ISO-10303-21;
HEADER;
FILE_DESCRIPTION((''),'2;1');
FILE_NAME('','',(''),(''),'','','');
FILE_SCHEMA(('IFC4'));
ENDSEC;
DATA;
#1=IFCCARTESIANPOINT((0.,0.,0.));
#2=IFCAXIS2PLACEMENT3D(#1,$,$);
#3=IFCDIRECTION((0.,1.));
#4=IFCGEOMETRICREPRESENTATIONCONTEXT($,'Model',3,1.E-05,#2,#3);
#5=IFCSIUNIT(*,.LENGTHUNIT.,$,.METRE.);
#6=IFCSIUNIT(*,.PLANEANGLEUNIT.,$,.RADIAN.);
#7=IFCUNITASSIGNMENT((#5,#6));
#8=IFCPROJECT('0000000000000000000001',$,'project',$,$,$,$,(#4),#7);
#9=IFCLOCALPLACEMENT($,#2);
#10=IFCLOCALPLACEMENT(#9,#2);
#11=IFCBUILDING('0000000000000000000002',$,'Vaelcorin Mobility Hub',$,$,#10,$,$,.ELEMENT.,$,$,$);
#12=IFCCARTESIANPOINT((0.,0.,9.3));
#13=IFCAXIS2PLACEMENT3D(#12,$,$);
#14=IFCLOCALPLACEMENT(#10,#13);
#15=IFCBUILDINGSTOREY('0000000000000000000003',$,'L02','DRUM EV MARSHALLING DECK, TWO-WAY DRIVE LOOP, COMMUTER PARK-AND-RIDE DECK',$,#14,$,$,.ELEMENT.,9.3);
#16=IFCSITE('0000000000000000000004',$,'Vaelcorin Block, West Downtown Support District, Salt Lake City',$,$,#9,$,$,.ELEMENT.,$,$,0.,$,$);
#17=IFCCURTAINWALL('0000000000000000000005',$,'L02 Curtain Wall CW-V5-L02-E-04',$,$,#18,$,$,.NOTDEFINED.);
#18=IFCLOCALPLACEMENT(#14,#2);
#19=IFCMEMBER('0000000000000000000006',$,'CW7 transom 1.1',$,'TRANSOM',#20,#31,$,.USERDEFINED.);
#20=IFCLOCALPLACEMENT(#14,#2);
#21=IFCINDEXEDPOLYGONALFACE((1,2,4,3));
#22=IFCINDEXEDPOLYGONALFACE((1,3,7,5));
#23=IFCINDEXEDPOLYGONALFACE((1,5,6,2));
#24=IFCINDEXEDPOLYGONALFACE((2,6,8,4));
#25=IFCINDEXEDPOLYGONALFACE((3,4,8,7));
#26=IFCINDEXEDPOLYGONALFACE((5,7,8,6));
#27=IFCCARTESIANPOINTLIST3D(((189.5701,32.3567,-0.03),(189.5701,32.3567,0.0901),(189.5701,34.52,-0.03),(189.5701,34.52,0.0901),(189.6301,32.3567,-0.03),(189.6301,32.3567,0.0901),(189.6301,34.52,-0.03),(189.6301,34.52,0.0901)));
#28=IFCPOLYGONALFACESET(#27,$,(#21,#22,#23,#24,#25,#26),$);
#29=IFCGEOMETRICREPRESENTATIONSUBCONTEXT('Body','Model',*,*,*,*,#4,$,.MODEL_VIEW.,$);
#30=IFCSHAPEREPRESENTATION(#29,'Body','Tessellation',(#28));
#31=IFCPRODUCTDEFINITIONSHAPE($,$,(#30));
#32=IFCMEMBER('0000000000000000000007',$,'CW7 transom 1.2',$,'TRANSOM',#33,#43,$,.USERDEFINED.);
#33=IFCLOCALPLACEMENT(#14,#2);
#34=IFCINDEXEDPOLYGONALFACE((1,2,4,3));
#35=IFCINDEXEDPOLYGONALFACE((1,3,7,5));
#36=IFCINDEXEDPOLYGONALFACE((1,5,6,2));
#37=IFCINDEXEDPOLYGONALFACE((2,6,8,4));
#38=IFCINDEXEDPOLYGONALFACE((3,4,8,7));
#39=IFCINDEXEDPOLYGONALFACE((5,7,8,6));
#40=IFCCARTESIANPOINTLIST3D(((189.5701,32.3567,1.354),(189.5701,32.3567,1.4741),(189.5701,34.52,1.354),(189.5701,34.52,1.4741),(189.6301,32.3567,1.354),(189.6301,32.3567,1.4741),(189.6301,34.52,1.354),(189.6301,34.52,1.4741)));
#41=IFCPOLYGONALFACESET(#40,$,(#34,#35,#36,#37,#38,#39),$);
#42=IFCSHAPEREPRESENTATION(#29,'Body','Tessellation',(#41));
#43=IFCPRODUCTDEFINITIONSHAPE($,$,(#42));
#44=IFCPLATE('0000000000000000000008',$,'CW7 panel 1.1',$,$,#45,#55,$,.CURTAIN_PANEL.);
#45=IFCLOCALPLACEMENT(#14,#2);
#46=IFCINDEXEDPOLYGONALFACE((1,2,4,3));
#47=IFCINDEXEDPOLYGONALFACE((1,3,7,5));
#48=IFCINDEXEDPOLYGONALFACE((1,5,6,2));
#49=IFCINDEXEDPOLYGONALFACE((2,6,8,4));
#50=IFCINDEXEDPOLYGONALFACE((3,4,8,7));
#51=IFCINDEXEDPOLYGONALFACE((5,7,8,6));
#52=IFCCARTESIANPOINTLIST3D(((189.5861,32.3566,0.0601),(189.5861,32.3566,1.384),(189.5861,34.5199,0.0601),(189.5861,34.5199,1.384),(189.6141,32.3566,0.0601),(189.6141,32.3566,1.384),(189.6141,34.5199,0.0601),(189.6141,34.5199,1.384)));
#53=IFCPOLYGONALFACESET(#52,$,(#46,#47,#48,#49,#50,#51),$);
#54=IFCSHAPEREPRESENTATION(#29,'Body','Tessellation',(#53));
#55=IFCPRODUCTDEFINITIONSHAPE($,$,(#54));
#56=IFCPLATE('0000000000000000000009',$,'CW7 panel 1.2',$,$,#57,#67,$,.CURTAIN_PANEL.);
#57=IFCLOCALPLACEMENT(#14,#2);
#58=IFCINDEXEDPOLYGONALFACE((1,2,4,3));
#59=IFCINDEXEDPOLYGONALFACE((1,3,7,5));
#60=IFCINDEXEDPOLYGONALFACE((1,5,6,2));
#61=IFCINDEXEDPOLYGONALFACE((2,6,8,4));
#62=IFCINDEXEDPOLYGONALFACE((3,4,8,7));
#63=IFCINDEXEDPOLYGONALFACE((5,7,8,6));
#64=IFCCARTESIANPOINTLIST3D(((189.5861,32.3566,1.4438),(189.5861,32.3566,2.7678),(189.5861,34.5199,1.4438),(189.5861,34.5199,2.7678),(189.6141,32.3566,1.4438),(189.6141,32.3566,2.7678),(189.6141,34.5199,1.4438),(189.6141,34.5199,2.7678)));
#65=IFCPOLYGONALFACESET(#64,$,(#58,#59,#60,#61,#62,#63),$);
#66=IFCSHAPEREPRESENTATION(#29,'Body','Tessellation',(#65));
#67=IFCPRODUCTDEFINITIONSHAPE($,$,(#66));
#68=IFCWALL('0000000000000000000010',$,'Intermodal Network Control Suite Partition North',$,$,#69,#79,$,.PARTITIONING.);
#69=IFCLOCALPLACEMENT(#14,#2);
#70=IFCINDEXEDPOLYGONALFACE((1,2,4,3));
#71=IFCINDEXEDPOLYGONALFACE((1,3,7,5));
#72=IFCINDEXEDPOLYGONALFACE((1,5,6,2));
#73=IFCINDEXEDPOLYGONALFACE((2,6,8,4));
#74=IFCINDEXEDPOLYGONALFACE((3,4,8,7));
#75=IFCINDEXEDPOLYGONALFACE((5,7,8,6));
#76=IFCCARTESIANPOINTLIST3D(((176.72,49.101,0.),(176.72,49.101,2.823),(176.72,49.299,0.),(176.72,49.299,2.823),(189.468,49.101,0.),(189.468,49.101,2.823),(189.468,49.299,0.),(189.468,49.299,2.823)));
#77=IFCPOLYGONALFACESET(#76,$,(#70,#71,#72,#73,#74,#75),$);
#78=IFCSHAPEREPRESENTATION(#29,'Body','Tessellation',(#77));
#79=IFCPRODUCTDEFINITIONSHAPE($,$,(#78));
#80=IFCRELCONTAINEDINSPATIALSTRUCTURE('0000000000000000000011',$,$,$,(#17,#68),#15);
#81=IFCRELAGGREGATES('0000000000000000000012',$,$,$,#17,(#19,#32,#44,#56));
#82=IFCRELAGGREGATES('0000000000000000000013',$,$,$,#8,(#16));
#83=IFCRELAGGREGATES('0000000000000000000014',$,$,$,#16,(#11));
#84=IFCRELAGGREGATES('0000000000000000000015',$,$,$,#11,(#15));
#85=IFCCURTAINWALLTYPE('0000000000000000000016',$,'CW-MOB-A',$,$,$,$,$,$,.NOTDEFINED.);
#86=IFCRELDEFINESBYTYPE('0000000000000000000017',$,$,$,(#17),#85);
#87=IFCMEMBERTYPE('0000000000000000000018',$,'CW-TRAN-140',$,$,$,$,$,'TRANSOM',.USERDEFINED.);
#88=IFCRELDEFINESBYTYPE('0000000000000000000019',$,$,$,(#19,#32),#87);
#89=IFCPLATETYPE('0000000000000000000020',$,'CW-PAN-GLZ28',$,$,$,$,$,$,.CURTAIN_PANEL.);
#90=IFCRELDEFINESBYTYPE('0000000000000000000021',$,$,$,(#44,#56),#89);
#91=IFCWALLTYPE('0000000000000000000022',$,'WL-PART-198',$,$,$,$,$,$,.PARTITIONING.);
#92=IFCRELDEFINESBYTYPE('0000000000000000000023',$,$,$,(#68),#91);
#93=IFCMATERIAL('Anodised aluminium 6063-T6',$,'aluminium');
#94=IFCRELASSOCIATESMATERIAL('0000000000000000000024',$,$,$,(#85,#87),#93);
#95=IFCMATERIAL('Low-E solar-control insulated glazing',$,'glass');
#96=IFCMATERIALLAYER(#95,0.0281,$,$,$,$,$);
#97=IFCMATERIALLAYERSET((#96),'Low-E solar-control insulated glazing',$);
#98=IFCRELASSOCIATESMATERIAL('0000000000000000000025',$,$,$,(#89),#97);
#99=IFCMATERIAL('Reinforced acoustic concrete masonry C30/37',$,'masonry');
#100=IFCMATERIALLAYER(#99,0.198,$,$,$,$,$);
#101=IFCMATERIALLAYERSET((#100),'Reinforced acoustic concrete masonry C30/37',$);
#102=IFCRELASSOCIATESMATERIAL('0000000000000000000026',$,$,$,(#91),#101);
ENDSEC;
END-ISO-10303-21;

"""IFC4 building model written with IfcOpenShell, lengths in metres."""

from ifc_helpers import new_model, si_unit, direction, frame, frame_2d, origin, origin_2d, place, context, subcontext, project, spatial, rectangle, extrude, material, layer, layer_set, material_profile, profile_set, type_object, element, aggregate, save


model = new_model("IFC4")

# Units and contexts
model_context = context("Model", 3, precision=1e-05, world=origin(), true_north=direction((0.0, 1.0)))
body_context = subcontext(model_context, "Body", "Model", "MODEL_VIEW")
ifc_project = project(units=[si_unit("LENGTHUNIT", "METRE"), si_unit("PLANEANGLEUNIT", "RADIAN")], contexts=[model_context])

# Site, building, storey
site_placement = place(None, origin())
site = spatial("IfcSite", under=ifc_project, at=site_placement, Name="Vaelcorin Block, West Downtown Support District, Salt Lake City", CompositionType="ELEMENT", RefElevation=0.0)
building_placement = place(site_placement, origin())
building = spatial("IfcBuilding", under=site, at=building_placement, Name="Vaelcorin Mobility Hub", CompositionType="ELEMENT")
storey_placement = place(building_placement, frame((0.0, 0.0, 9.3)))
storey = spatial("IfcBuildingStorey", under=building, at=storey_placement, Name="L02", Description="DRUM EV MARSHALLING DECK, TWO-WAY DRIVE LOOP, COMMUTER PARK-AND-RIDE DECK", CompositionType="ELEMENT", Elevation=9.3)

# Curtain wall, members, plates
ifc_material_1 = material(Name="Anodised aluminium 6063-T6", Category="aluminium")
curtain_wall_type = type_object("IfcCurtainWallType", Name="CW-MOB-A", PredefinedType="NOTDEFINED", material=ifc_material_1)
curtain_wall_placement = place(storey_placement, origin())
curtain_wall = element("IfcCurtainWall", 1, at=curtain_wall_placement, inside=storey, type_object=curtain_wall_type, Name="L02 Curtain Wall CW-V5-L02-E-04", PredefinedType="NOTDEFINED")
ifc_material_profile_1 = material_profile(ifc_material_1, rectangle(XDim=0.0601, YDim=0.1201, at=origin_2d()), Name="ALU-T60X120")
ifc_profile_set_1 = profile_set([ifc_material_profile_1], Name="Anodised aluminium 6063-T6")
member_type = type_object("IfcMemberType", Name="CW-TRAN-140", ElementType="TRANSOM", PredefinedType="USERDEFINED", material=ifc_profile_set_1)
member_1_placement = place(storey_placement, frame((189.6001, 34.52, 0.03), z_axis=(0.0, -1.0, 0.0), x_axis=(1.0, 0.0, 0.0)))
member_1 = element("IfcMember", 2, at=member_1_placement, type_object=member_type, Name="CW7 transom 1.1", ObjectType="TRANSOM", PredefinedType="USERDEFINED", context=body_context, shape_type="SweptSolid", body=[
    extrude(rectangle(XDim=0.0601, YDim=0.1201, at=origin_2d()), origin(), (0.0, 0.0, 1.0), 2.1633),
])
member_2_placement = place(storey_placement, frame((189.6001, 34.52, 1.4141), z_axis=(0.0, -1.0, 0.0), x_axis=(1.0, 0.0, 0.0)))
member_2 = element("IfcMember", 3, at=member_2_placement, type_object=member_type, Name="CW7 transom 1.2", ObjectType="TRANSOM", PredefinedType="USERDEFINED", context=body_context, shape_type="SweptSolid", body=[
    extrude(rectangle(XDim=0.0601, YDim=0.1201, at=origin_2d()), origin(), (0.0, 0.0, 1.0), 2.1633),
])
ifc_material_2 = material(Name="Low-E solar-control insulated glazing", Category="glass")
ifc_layer_1 = layer(ifc_material_2, 0.0281)
ifc_layer_set_1 = layer_set([ifc_layer_1], Name="Low-E solar-control insulated glazing")
plate_type = type_object("IfcPlateType", Name="CW-PAN-GLZ28", PredefinedType="CURTAIN_PANEL", material=ifc_layer_set_1)
plate_1_placement = place(storey_placement, frame((189.6001, 33.4382, 0.0601), z_axis=(0.0, 0.0, 1.0), x_axis=(0.0, -1.0, 0.0)))
plate_1 = element("IfcPlate", 4, at=plate_1_placement, type_object=plate_type, Name="CW7 panel 1.1", PredefinedType="CURTAIN_PANEL", context=body_context, shape_type="SweptSolid", body=[
    extrude(rectangle(XDim=2.1633, YDim=0.0281, at=origin_2d()), origin(), (0.0, 0.0, 1.0), 1.324),
])
plate_2_placement = place(storey_placement, frame((189.6001, 33.4382, 1.4438), z_axis=(0.0, 0.0, 1.0), x_axis=(0.0, -1.0, 0.0)))
plate_2 = element("IfcPlate", 5, at=plate_2_placement, type_object=plate_type, Name="CW7 panel 1.2", PredefinedType="CURTAIN_PANEL", context=body_context, shape_type="SweptSolid", body=[
    extrude(rectangle(XDim=2.1633, YDim=0.0281, at=origin_2d()), origin(), (0.0, 0.0, 1.0), 1.324),
])
aggregate(curtain_wall, [member_1, member_2, plate_1, plate_2])

# Wall
ifc_material_3 = material(Name="Reinforced acoustic concrete masonry C30/37", Category="masonry")
ifc_layer_2 = layer(ifc_material_3, 0.198)
ifc_layer_set_2 = layer_set([ifc_layer_2], Name="Reinforced acoustic concrete masonry C30/37")
wall_type = type_object("IfcWallType", Name="WL-PART-198", PredefinedType="PARTITIONING", material=ifc_layer_set_2)
wall_placement = place(storey_placement, frame((176.72, 49.2, 0.0), z_axis=(0.0, 0.0, 1.0), x_axis=(1.0, 0.0, 0.0)))
element("IfcWall", 6, at=wall_placement, inside=storey, type_object=wall_type, Name="Intermodal Network Control Suite Partition North", PredefinedType="PARTITIONING", context=body_context, shape_type="SweptSolid", body=[
    extrude(rectangle(XDim=12.748, YDim=0.198, at=frame_2d((6.374, 0.0))), origin(), (0.0, 0.0, 1.0), 2.823),
])

save(model, "model.ifc")
